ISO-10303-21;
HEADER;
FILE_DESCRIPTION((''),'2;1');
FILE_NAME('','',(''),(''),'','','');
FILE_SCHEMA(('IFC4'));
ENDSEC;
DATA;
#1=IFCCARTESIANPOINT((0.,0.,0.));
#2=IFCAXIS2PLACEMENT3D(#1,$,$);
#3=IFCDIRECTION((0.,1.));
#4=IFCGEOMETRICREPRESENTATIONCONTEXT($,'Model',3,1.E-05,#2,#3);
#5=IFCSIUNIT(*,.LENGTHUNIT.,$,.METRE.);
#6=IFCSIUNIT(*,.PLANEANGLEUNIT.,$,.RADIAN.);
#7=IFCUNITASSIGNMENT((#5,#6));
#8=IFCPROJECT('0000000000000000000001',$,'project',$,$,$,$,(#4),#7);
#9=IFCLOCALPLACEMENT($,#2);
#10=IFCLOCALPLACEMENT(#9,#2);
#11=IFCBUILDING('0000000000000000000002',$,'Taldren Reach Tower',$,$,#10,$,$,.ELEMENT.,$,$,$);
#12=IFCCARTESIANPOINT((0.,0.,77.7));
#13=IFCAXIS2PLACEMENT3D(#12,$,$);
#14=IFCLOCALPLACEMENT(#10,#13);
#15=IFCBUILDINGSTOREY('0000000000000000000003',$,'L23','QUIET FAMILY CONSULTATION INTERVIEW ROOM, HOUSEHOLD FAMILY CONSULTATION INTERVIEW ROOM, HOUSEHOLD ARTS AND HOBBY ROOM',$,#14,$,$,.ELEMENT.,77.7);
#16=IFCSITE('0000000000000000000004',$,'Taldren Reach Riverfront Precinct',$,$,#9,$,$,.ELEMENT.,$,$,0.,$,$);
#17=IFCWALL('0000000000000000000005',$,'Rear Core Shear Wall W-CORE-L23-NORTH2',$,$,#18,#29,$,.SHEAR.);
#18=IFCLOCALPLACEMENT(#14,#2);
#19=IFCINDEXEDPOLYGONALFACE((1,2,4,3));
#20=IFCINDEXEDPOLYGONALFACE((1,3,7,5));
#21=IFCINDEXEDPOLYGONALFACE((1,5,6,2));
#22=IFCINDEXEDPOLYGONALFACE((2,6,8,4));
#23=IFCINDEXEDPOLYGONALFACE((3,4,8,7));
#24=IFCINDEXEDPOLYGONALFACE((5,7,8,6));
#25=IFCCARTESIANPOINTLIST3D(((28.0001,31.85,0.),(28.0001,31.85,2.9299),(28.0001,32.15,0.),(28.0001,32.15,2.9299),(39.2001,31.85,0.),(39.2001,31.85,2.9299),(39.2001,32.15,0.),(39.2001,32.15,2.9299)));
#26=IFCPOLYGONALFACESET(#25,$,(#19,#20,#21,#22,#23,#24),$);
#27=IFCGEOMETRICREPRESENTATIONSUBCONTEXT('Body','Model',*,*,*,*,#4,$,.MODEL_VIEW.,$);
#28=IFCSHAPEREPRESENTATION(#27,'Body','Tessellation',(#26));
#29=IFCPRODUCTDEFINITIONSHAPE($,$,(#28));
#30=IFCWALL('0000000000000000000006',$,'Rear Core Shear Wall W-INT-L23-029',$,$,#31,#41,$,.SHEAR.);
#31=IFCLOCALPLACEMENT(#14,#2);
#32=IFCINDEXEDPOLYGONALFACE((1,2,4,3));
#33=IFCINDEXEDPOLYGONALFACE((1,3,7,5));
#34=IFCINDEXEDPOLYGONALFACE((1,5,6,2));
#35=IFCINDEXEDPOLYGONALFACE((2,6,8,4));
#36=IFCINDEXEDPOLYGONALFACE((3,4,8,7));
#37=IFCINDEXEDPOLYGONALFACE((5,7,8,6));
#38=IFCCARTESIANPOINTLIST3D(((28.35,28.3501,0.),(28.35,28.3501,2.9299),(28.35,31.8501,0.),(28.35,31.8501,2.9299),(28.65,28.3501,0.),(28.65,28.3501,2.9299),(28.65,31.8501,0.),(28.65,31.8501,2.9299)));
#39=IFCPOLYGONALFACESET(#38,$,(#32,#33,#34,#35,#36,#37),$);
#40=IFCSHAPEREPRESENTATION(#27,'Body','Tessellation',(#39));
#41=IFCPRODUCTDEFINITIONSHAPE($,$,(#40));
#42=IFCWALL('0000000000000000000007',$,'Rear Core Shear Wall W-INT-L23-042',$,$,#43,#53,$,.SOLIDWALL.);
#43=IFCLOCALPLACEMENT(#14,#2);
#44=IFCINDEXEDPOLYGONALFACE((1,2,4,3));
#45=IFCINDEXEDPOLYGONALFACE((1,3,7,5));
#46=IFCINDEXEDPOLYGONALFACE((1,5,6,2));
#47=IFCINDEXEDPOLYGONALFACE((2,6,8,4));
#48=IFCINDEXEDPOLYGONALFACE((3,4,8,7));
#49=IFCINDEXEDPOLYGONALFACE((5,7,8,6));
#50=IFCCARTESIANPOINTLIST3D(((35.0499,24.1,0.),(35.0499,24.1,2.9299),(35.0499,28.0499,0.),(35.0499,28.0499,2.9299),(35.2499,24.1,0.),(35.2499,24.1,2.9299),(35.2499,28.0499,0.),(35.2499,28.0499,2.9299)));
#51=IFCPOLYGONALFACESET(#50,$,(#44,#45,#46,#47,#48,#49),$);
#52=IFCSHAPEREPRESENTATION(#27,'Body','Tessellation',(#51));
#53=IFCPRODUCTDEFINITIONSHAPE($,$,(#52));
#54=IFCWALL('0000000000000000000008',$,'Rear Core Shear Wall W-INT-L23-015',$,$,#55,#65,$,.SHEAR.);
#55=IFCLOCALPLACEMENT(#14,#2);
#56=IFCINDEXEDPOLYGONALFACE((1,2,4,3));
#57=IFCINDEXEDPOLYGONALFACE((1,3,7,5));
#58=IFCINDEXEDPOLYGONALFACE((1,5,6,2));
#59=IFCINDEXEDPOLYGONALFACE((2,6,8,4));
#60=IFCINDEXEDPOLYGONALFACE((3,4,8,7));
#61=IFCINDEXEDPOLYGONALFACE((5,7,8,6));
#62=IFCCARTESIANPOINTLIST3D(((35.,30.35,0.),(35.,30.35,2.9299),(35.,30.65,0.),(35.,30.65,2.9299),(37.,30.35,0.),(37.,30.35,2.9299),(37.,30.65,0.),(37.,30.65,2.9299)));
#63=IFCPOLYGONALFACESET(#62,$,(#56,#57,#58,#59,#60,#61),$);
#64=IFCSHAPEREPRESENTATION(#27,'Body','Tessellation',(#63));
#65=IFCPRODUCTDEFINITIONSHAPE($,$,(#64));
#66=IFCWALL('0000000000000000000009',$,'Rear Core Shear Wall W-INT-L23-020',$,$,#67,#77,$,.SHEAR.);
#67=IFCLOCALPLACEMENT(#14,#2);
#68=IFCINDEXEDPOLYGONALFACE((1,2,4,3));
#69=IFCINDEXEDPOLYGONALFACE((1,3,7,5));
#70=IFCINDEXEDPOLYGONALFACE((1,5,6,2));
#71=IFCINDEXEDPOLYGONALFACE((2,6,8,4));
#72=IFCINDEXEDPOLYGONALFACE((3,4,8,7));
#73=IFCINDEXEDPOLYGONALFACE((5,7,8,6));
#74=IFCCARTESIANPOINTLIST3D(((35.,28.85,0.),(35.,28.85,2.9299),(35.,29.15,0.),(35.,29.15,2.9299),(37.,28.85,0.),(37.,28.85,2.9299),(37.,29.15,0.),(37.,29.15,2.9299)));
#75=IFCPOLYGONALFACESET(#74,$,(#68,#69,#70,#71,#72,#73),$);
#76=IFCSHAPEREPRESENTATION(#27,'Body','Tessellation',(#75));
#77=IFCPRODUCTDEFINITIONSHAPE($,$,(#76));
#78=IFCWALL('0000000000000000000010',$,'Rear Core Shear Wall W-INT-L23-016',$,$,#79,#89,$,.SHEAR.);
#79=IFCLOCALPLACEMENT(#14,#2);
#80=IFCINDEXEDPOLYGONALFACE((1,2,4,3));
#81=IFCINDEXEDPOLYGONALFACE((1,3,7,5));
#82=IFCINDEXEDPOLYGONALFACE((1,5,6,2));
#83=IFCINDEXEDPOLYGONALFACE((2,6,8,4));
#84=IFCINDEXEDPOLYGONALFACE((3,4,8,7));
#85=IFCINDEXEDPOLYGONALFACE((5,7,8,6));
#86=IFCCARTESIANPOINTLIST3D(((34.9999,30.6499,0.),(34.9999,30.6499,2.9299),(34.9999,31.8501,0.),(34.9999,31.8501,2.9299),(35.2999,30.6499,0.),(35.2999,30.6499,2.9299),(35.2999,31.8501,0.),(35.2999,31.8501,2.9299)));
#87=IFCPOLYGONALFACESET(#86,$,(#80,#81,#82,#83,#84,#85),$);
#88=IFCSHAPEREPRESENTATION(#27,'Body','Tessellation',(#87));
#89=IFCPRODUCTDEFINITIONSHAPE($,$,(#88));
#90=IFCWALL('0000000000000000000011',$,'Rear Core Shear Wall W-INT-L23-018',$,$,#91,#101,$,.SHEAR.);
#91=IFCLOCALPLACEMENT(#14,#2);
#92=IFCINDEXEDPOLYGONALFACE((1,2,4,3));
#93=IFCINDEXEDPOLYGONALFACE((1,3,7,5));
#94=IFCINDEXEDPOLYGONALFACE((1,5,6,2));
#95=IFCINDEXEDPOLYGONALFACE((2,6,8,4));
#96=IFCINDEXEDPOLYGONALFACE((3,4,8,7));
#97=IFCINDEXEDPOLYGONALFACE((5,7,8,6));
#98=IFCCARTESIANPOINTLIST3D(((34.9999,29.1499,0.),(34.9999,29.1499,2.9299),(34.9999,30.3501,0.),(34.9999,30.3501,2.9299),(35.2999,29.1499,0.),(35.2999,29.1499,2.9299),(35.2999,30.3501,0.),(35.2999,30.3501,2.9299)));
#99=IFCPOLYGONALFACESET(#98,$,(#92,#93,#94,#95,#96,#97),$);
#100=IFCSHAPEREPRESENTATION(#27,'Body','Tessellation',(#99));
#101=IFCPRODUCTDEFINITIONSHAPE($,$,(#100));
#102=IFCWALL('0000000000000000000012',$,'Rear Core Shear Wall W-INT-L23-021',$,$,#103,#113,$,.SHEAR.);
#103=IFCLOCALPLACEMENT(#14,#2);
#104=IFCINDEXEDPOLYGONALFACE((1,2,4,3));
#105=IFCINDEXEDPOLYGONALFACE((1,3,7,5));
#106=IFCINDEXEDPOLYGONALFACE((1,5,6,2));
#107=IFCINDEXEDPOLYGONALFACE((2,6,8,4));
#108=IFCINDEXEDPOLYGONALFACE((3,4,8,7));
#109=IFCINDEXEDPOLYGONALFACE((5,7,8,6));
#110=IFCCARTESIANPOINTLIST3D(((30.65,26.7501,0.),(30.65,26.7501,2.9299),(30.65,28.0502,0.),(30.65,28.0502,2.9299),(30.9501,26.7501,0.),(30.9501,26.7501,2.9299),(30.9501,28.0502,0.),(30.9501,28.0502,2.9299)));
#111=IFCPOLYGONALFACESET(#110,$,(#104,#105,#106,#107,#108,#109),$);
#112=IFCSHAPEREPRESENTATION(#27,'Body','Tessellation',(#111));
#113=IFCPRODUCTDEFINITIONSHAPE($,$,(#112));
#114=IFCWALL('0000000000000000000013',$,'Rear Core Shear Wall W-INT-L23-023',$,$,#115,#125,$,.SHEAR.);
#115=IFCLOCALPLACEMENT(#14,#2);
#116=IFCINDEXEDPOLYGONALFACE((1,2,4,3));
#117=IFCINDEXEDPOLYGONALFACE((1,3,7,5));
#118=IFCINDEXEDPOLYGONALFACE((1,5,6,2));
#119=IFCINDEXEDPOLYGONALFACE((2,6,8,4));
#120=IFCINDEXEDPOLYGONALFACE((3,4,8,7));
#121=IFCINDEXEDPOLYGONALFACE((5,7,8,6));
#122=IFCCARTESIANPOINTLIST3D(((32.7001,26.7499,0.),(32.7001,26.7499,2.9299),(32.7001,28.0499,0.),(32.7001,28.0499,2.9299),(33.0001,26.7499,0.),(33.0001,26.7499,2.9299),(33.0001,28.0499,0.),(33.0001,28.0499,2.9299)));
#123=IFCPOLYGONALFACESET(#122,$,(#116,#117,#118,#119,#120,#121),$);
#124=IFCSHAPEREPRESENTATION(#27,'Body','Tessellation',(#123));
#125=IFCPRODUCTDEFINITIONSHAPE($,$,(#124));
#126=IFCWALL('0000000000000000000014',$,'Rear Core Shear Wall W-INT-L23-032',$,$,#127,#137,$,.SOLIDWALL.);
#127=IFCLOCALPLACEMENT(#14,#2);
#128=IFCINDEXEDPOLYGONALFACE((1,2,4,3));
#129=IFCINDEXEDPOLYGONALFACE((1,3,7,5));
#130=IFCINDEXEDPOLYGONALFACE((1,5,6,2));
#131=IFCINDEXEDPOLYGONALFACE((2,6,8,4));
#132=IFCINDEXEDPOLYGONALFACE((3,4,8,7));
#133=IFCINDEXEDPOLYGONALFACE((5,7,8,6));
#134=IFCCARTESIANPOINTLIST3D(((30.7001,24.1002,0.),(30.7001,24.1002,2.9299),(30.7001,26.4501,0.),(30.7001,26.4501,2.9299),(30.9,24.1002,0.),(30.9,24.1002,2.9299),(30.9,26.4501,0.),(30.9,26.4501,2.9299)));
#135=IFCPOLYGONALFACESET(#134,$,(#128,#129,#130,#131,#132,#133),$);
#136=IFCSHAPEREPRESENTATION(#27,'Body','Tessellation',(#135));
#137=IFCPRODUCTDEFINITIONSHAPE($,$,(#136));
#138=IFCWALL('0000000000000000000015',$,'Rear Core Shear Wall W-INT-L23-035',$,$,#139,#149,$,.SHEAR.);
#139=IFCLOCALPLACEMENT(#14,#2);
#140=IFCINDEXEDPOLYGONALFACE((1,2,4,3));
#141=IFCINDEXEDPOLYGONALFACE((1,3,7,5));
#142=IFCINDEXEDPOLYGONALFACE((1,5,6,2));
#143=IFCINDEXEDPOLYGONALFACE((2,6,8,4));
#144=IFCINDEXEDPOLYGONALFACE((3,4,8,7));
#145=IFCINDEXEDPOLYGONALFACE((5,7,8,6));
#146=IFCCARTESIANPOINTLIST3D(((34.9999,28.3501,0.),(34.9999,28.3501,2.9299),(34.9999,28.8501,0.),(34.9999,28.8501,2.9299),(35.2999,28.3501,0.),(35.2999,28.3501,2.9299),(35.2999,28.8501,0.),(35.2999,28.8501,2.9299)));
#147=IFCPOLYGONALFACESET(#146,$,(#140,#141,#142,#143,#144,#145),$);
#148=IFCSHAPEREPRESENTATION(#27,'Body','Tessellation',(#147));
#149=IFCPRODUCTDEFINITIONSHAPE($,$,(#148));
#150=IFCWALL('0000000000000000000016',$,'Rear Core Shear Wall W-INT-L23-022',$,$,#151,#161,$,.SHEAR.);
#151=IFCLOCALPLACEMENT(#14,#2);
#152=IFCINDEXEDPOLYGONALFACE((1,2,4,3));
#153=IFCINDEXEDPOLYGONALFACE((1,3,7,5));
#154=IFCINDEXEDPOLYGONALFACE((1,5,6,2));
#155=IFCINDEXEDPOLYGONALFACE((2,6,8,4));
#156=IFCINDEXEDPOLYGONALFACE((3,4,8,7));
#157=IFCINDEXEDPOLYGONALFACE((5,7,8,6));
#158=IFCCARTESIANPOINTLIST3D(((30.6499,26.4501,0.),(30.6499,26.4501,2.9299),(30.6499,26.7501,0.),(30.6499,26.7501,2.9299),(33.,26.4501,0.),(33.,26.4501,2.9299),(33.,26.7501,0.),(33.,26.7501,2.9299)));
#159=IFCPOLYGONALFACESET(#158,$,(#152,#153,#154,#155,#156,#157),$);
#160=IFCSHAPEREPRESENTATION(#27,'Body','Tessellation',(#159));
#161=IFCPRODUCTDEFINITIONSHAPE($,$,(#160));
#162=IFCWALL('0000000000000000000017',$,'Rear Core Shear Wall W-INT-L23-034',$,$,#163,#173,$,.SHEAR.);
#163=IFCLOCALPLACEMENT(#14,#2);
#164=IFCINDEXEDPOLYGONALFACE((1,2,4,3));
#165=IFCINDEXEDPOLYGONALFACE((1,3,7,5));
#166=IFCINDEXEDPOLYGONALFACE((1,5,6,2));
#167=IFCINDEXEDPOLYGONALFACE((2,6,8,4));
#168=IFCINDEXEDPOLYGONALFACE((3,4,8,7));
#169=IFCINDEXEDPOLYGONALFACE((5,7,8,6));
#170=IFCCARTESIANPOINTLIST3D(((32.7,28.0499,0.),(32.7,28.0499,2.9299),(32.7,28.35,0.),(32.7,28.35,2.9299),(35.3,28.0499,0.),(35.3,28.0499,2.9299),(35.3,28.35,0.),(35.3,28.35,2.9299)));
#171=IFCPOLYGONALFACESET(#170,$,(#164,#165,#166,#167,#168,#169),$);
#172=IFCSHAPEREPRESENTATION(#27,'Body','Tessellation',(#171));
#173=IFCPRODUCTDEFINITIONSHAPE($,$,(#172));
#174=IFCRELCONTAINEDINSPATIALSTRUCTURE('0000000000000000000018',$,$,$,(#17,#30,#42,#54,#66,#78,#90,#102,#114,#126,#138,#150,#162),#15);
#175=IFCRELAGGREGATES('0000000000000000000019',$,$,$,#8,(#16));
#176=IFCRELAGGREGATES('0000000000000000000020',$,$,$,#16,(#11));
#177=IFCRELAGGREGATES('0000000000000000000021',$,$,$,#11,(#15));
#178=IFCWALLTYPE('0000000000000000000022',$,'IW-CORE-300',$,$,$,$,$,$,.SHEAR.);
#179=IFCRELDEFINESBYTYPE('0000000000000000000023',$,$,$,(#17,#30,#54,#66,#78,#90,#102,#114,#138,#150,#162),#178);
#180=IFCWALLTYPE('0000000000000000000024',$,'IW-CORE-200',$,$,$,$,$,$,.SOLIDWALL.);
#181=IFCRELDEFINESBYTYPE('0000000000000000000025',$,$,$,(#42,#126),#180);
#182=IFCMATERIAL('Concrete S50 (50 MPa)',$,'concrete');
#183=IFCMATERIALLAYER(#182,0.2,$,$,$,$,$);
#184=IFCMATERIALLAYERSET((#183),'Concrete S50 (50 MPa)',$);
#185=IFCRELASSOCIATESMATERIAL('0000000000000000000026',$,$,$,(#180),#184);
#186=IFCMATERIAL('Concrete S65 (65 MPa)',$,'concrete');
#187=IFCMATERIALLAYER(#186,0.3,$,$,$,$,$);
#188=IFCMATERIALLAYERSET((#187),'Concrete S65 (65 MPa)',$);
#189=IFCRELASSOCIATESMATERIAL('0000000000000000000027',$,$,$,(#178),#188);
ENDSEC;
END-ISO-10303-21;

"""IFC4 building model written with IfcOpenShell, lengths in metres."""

from ifc_helpers import new_model, si_unit, direction, frame, frame_2d, origin, place, context, subcontext, project, spatial, rectangle, extrude, source, transform, mapped, material, layer, layer_set, type_object, element, save


model = new_model("IFC4")

# Units and contexts
model_context = context("Model", 3, precision=1e-05, world=origin(), true_north=direction((0.0, 1.0)))
body_context = subcontext(model_context, "Body", "Model", "MODEL_VIEW")
ifc_project = project(units=[si_unit("LENGTHUNIT", "METRE"), si_unit("PLANEANGLEUNIT", "RADIAN")], contexts=[model_context])

# Site, building, storey
site_placement = place(None, origin())
site = spatial("IfcSite", under=ifc_project, at=site_placement, Name="Taldren Reach Riverfront Precinct", CompositionType="ELEMENT", RefElevation=0.0)
building_placement = place(site_placement, origin())
building = spatial("IfcBuilding", under=site, at=building_placement, Name="Taldren Reach Tower", CompositionType="ELEMENT")
storey_placement = place(building_placement, frame((0.0, 0.0, 77.7)))
storey = spatial("IfcBuildingStorey", under=building, at=storey_placement, Name="L23", Description="QUIET FAMILY CONSULTATION INTERVIEW ROOM, HOUSEHOLD FAMILY CONSULTATION INTERVIEW ROOM, HOUSEHOLD ARTS AND HOBBY ROOM", CompositionType="ELEMENT", Elevation=77.7)

# Shared definitions
ifc_material_1 = material(Name="Concrete S50 (50 MPa)", Category="concrete")
ifc_layer_1 = layer(ifc_material_1, 0.2)
ifc_layer_set_1 = layer_set([ifc_layer_1], Name="Concrete S50 (50 MPa)")
wall_type_1 = type_object("IfcWallType", Name="IW-CORE-200", PredefinedType="SOLIDWALL", material=ifc_layer_set_1)

# Walls
ifc_material_2 = material(Name="Concrete S65 (65 MPa)", Category="concrete")
ifc_layer_2 = layer(ifc_material_2, 0.3)
ifc_layer_set_2 = layer_set([ifc_layer_2], Name="Concrete S65 (65 MPa)")
wall_type_2 = type_object("IfcWallType", Name="IW-CORE-300", PredefinedType="SHEAR", material=ifc_layer_set_2)
shared_shape_1 = source(origin(), body_context, "Body", "SweptSolid", [
    extrude(rectangle(XDim=11.2, YDim=0.3, at=frame_2d((5.6001, 0.0))), origin(), (0.0, 0.0, 1.0), 2.9299),
])
wall_1_placement = place(storey_placement, frame((28.0, 32.0, 0.0), z_axis=(0.0, 0.0, 1.0), x_axis=(1.0, 0.0, 0.0)))
element("IfcWall", 1, at=wall_1_placement, inside=storey, type_object=wall_type_2, Name="Rear Core Shear Wall W-CORE-L23-NORTH2", PredefinedType="SHEAR", context=body_context, shape_type="MappedRepresentation", body=[
    mapped(shared_shape_1, transform((0.0, 0.0, 0.0), scale=1.0)),
])
shared_shape_2 = source(origin(), body_context, "Body", "SweptSolid", [
    extrude(rectangle(XDim=3.5, YDim=0.3, at=frame_2d((1.75, 0.0))), origin(), (0.0, 0.0, 1.0), 2.9299),
])
wall_2_placement = place(storey_placement, frame((28.5, 28.3501, 0.0), z_axis=(0.0, 0.0, 1.0), x_axis=(0.0, 1.0, 0.0)))
element("IfcWall", 2, at=wall_2_placement, inside=storey, type_object=wall_type_2, Name="Rear Core Shear Wall W-INT-L23-029", PredefinedType="SHEAR", context=body_context, shape_type="MappedRepresentation", body=[
    mapped(shared_shape_2, transform((0.0, 0.0, 0.0), scale=1.0)),
])
shared_shape_3 = source(origin(), body_context, "Body", "SweptSolid", [
    extrude(rectangle(XDim=3.95, YDim=0.2, at=frame_2d((1.9751, 0.0))), origin(), (0.0, 0.0, 1.0), 2.9299),
])
wall_3_placement = place(storey_placement, frame((35.1499, 28.05, 0.0), z_axis=(0.0, 0.0, 1.0), x_axis=(0.0, -1.0, 0.0)))
element("IfcWall", 3, at=wall_3_placement, inside=storey, type_object=wall_type_1, Name="Rear Core Shear Wall W-INT-L23-042", PredefinedType="SOLIDWALL", context=body_context, shape_type="MappedRepresentation", body=[
    mapped(shared_shape_3, transform((0.0, 0.0, 0.0), scale=1.0)),
])
shared_shape_4 = source(origin(), body_context, "Body", "SweptSolid", [
    extrude(rectangle(XDim=2.0, YDim=0.3, at=frame_2d((1.0, 0.0))), origin(), (0.0, 0.0, 1.0), 2.9299),
])
for number, where, z_axis, x_axis, name in (
    (4, (35.0, 30.5, 0.0), (0.0, 0.0, 1.0), (1.0, 0.0, 0.0), "Rear Core Shear Wall W-INT-L23-015"),
    (5, (35.0, 29.0, 0.0), (0.0, 0.0, 1.0), (1.0, 0.0, 0.0), "Rear Core Shear Wall W-INT-L23-020"),
):
    element("IfcWall", number, at=place(storey_placement, frame(where, z_axis=z_axis, x_axis=x_axis)), inside=storey, type_object=wall_type_2, Name=name, PredefinedType="SHEAR", context=body_context, shape_type="MappedRepresentation", body=[
        mapped(shared_shape_4, transform((0.0, 0.0, 0.0), scale=1.0)),
    ])
shared_shape_5 = source(origin(), body_context, "Body", "SweptSolid", [
    extrude(rectangle(XDim=1.2002, YDim=0.3, at=frame_2d((0.6001, 0.0))), origin(), (0.0, 0.0, 1.0), 2.9299),
])
for number, where, z_axis, x_axis, name in (
    (6, (35.1499, 31.8501, 0.0), (0.0, 0.0, 1.0), (0.0, -1.0, 0.0), "Rear Core Shear Wall W-INT-L23-016"),
    (7, (35.1499, 30.3501, 0.0), (0.0, 0.0, 1.0), (0.0, -1.0, 0.0), "Rear Core Shear Wall W-INT-L23-018"),
):
    element("IfcWall", number, at=place(storey_placement, frame(where, z_axis=z_axis, x_axis=x_axis)), inside=storey, type_object=wall_type_2, Name=name, PredefinedType="SHEAR", context=body_context, shape_type="MappedRepresentation", body=[
        mapped(shared_shape_5, transform((0.0, 0.0, 0.0), scale=1.0)),
    ])
shared_shape_6 = source(origin(), body_context, "Body", "SweptSolid", [
    extrude(rectangle(XDim=1.3, YDim=0.3, at=frame_2d((0.6499, 0.0))), origin(), (0.0, 0.0, 1.0), 2.9299),
])
for number, where, z_axis, x_axis, name in (
    (8, (30.8, 28.05, 0.0), (0.0, 0.0, 1.0), (0.0, -1.0, 0.0), "Rear Core Shear Wall W-INT-L23-021"),
    (9, (32.8501, 26.75, 0.0), (0.0, 0.0, 1.0), (0.0, 1.0, 0.0), "Rear Core Shear Wall W-INT-L23-023"),
):
    element("IfcWall", number, at=place(storey_placement, frame(where, z_axis=z_axis, x_axis=x_axis)), inside=storey, type_object=wall_type_2, Name=name, PredefinedType="SHEAR", context=body_context, shape_type="MappedRepresentation", body=[
        mapped(shared_shape_6, transform((0.0, 0.0, 0.0), scale=1.0)),
    ])

# Walls
shared_shape_7 = source(origin(), body_context, "Body", "SweptSolid", [
    extrude(rectangle(XDim=2.3499, YDim=0.2, at=frame_2d((1.1748, 0.0))), origin(), (0.0, 0.0, 1.0), 2.9299),
])
wall_4_placement = place(storey_placement, frame((30.8, 26.45, 0.0), z_axis=(0.0, 0.0, 1.0), x_axis=(0.0, -1.0, 0.0)))
element("IfcWall", 10, at=wall_4_placement, inside=storey, type_object=wall_type_1, Name="Rear Core Shear Wall W-INT-L23-032", PredefinedType="SOLIDWALL", context=body_context, shape_type="MappedRepresentation", body=[
    mapped(shared_shape_7, transform((0.0, 0.0, 0.0), scale=1.0)),
])
shared_shape_8 = source(origin(), body_context, "Body", "SweptSolid", [
    extrude(rectangle(XDim=0.5, YDim=0.3, at=frame_2d((0.25, 0.0))), origin(), (0.0, 0.0, 1.0), 2.9299),
])
wall_5_placement = place(storey_placement, frame((35.1499, 28.3501, 0.0), z_axis=(0.0, 0.0, 1.0), x_axis=(0.0, 1.0, 0.0)))
element("IfcWall", 11, at=wall_5_placement, inside=storey, type_object=wall_type_2, Name="Rear Core Shear Wall W-INT-L23-035", PredefinedType="SHEAR", context=body_context, shape_type="MappedRepresentation", body=[
    mapped(shared_shape_8, transform((0.0, 0.0, 0.0), scale=1.0)),
])
shared_shape_9 = source(origin(), body_context, "Body", "SweptSolid", [
    extrude(rectangle(XDim=2.3501, YDim=0.3, at=frame_2d((1.175, 0.0))), origin(), (0.0, 0.0, 1.0), 2.9299),
])
wall_6_placement = place(storey_placement, frame((30.6499, 26.6001, 0.0), z_axis=(0.0, 0.0, 1.0), x_axis=(1.0, 0.0, 0.0)))
element("IfcWall", 12, at=wall_6_placement, inside=storey, type_object=wall_type_2, Name="Rear Core Shear Wall W-INT-L23-022", PredefinedType="SHEAR", context=body_context, shape_type="MappedRepresentation", body=[
    mapped(shared_shape_9, transform((0.0, 0.0, 0.0), scale=1.0)),
])
shared_shape_10 = source(origin(), body_context, "Body", "SweptSolid", [
    extrude(rectangle(XDim=2.6001, YDim=0.3, at=frame_2d((1.3, 0.0))), origin(), (0.0, 0.0, 1.0), 2.9299),
])
wall_7_placement = place(storey_placement, frame((32.7, 28.2, 0.0), z_axis=(0.0, 0.0, 1.0), x_axis=(1.0, 0.0, 0.0)))
element("IfcWall", 13, at=wall_7_placement, inside=storey, type_object=wall_type_2, Name="Rear Core Shear Wall W-INT-L23-034", PredefinedType="SHEAR", context=body_context, shape_type="MappedRepresentation", body=[
    mapped(shared_shape_10, transform((0.0, 0.0, 0.0), scale=1.0)),
])

save(model, "model.ifc")
